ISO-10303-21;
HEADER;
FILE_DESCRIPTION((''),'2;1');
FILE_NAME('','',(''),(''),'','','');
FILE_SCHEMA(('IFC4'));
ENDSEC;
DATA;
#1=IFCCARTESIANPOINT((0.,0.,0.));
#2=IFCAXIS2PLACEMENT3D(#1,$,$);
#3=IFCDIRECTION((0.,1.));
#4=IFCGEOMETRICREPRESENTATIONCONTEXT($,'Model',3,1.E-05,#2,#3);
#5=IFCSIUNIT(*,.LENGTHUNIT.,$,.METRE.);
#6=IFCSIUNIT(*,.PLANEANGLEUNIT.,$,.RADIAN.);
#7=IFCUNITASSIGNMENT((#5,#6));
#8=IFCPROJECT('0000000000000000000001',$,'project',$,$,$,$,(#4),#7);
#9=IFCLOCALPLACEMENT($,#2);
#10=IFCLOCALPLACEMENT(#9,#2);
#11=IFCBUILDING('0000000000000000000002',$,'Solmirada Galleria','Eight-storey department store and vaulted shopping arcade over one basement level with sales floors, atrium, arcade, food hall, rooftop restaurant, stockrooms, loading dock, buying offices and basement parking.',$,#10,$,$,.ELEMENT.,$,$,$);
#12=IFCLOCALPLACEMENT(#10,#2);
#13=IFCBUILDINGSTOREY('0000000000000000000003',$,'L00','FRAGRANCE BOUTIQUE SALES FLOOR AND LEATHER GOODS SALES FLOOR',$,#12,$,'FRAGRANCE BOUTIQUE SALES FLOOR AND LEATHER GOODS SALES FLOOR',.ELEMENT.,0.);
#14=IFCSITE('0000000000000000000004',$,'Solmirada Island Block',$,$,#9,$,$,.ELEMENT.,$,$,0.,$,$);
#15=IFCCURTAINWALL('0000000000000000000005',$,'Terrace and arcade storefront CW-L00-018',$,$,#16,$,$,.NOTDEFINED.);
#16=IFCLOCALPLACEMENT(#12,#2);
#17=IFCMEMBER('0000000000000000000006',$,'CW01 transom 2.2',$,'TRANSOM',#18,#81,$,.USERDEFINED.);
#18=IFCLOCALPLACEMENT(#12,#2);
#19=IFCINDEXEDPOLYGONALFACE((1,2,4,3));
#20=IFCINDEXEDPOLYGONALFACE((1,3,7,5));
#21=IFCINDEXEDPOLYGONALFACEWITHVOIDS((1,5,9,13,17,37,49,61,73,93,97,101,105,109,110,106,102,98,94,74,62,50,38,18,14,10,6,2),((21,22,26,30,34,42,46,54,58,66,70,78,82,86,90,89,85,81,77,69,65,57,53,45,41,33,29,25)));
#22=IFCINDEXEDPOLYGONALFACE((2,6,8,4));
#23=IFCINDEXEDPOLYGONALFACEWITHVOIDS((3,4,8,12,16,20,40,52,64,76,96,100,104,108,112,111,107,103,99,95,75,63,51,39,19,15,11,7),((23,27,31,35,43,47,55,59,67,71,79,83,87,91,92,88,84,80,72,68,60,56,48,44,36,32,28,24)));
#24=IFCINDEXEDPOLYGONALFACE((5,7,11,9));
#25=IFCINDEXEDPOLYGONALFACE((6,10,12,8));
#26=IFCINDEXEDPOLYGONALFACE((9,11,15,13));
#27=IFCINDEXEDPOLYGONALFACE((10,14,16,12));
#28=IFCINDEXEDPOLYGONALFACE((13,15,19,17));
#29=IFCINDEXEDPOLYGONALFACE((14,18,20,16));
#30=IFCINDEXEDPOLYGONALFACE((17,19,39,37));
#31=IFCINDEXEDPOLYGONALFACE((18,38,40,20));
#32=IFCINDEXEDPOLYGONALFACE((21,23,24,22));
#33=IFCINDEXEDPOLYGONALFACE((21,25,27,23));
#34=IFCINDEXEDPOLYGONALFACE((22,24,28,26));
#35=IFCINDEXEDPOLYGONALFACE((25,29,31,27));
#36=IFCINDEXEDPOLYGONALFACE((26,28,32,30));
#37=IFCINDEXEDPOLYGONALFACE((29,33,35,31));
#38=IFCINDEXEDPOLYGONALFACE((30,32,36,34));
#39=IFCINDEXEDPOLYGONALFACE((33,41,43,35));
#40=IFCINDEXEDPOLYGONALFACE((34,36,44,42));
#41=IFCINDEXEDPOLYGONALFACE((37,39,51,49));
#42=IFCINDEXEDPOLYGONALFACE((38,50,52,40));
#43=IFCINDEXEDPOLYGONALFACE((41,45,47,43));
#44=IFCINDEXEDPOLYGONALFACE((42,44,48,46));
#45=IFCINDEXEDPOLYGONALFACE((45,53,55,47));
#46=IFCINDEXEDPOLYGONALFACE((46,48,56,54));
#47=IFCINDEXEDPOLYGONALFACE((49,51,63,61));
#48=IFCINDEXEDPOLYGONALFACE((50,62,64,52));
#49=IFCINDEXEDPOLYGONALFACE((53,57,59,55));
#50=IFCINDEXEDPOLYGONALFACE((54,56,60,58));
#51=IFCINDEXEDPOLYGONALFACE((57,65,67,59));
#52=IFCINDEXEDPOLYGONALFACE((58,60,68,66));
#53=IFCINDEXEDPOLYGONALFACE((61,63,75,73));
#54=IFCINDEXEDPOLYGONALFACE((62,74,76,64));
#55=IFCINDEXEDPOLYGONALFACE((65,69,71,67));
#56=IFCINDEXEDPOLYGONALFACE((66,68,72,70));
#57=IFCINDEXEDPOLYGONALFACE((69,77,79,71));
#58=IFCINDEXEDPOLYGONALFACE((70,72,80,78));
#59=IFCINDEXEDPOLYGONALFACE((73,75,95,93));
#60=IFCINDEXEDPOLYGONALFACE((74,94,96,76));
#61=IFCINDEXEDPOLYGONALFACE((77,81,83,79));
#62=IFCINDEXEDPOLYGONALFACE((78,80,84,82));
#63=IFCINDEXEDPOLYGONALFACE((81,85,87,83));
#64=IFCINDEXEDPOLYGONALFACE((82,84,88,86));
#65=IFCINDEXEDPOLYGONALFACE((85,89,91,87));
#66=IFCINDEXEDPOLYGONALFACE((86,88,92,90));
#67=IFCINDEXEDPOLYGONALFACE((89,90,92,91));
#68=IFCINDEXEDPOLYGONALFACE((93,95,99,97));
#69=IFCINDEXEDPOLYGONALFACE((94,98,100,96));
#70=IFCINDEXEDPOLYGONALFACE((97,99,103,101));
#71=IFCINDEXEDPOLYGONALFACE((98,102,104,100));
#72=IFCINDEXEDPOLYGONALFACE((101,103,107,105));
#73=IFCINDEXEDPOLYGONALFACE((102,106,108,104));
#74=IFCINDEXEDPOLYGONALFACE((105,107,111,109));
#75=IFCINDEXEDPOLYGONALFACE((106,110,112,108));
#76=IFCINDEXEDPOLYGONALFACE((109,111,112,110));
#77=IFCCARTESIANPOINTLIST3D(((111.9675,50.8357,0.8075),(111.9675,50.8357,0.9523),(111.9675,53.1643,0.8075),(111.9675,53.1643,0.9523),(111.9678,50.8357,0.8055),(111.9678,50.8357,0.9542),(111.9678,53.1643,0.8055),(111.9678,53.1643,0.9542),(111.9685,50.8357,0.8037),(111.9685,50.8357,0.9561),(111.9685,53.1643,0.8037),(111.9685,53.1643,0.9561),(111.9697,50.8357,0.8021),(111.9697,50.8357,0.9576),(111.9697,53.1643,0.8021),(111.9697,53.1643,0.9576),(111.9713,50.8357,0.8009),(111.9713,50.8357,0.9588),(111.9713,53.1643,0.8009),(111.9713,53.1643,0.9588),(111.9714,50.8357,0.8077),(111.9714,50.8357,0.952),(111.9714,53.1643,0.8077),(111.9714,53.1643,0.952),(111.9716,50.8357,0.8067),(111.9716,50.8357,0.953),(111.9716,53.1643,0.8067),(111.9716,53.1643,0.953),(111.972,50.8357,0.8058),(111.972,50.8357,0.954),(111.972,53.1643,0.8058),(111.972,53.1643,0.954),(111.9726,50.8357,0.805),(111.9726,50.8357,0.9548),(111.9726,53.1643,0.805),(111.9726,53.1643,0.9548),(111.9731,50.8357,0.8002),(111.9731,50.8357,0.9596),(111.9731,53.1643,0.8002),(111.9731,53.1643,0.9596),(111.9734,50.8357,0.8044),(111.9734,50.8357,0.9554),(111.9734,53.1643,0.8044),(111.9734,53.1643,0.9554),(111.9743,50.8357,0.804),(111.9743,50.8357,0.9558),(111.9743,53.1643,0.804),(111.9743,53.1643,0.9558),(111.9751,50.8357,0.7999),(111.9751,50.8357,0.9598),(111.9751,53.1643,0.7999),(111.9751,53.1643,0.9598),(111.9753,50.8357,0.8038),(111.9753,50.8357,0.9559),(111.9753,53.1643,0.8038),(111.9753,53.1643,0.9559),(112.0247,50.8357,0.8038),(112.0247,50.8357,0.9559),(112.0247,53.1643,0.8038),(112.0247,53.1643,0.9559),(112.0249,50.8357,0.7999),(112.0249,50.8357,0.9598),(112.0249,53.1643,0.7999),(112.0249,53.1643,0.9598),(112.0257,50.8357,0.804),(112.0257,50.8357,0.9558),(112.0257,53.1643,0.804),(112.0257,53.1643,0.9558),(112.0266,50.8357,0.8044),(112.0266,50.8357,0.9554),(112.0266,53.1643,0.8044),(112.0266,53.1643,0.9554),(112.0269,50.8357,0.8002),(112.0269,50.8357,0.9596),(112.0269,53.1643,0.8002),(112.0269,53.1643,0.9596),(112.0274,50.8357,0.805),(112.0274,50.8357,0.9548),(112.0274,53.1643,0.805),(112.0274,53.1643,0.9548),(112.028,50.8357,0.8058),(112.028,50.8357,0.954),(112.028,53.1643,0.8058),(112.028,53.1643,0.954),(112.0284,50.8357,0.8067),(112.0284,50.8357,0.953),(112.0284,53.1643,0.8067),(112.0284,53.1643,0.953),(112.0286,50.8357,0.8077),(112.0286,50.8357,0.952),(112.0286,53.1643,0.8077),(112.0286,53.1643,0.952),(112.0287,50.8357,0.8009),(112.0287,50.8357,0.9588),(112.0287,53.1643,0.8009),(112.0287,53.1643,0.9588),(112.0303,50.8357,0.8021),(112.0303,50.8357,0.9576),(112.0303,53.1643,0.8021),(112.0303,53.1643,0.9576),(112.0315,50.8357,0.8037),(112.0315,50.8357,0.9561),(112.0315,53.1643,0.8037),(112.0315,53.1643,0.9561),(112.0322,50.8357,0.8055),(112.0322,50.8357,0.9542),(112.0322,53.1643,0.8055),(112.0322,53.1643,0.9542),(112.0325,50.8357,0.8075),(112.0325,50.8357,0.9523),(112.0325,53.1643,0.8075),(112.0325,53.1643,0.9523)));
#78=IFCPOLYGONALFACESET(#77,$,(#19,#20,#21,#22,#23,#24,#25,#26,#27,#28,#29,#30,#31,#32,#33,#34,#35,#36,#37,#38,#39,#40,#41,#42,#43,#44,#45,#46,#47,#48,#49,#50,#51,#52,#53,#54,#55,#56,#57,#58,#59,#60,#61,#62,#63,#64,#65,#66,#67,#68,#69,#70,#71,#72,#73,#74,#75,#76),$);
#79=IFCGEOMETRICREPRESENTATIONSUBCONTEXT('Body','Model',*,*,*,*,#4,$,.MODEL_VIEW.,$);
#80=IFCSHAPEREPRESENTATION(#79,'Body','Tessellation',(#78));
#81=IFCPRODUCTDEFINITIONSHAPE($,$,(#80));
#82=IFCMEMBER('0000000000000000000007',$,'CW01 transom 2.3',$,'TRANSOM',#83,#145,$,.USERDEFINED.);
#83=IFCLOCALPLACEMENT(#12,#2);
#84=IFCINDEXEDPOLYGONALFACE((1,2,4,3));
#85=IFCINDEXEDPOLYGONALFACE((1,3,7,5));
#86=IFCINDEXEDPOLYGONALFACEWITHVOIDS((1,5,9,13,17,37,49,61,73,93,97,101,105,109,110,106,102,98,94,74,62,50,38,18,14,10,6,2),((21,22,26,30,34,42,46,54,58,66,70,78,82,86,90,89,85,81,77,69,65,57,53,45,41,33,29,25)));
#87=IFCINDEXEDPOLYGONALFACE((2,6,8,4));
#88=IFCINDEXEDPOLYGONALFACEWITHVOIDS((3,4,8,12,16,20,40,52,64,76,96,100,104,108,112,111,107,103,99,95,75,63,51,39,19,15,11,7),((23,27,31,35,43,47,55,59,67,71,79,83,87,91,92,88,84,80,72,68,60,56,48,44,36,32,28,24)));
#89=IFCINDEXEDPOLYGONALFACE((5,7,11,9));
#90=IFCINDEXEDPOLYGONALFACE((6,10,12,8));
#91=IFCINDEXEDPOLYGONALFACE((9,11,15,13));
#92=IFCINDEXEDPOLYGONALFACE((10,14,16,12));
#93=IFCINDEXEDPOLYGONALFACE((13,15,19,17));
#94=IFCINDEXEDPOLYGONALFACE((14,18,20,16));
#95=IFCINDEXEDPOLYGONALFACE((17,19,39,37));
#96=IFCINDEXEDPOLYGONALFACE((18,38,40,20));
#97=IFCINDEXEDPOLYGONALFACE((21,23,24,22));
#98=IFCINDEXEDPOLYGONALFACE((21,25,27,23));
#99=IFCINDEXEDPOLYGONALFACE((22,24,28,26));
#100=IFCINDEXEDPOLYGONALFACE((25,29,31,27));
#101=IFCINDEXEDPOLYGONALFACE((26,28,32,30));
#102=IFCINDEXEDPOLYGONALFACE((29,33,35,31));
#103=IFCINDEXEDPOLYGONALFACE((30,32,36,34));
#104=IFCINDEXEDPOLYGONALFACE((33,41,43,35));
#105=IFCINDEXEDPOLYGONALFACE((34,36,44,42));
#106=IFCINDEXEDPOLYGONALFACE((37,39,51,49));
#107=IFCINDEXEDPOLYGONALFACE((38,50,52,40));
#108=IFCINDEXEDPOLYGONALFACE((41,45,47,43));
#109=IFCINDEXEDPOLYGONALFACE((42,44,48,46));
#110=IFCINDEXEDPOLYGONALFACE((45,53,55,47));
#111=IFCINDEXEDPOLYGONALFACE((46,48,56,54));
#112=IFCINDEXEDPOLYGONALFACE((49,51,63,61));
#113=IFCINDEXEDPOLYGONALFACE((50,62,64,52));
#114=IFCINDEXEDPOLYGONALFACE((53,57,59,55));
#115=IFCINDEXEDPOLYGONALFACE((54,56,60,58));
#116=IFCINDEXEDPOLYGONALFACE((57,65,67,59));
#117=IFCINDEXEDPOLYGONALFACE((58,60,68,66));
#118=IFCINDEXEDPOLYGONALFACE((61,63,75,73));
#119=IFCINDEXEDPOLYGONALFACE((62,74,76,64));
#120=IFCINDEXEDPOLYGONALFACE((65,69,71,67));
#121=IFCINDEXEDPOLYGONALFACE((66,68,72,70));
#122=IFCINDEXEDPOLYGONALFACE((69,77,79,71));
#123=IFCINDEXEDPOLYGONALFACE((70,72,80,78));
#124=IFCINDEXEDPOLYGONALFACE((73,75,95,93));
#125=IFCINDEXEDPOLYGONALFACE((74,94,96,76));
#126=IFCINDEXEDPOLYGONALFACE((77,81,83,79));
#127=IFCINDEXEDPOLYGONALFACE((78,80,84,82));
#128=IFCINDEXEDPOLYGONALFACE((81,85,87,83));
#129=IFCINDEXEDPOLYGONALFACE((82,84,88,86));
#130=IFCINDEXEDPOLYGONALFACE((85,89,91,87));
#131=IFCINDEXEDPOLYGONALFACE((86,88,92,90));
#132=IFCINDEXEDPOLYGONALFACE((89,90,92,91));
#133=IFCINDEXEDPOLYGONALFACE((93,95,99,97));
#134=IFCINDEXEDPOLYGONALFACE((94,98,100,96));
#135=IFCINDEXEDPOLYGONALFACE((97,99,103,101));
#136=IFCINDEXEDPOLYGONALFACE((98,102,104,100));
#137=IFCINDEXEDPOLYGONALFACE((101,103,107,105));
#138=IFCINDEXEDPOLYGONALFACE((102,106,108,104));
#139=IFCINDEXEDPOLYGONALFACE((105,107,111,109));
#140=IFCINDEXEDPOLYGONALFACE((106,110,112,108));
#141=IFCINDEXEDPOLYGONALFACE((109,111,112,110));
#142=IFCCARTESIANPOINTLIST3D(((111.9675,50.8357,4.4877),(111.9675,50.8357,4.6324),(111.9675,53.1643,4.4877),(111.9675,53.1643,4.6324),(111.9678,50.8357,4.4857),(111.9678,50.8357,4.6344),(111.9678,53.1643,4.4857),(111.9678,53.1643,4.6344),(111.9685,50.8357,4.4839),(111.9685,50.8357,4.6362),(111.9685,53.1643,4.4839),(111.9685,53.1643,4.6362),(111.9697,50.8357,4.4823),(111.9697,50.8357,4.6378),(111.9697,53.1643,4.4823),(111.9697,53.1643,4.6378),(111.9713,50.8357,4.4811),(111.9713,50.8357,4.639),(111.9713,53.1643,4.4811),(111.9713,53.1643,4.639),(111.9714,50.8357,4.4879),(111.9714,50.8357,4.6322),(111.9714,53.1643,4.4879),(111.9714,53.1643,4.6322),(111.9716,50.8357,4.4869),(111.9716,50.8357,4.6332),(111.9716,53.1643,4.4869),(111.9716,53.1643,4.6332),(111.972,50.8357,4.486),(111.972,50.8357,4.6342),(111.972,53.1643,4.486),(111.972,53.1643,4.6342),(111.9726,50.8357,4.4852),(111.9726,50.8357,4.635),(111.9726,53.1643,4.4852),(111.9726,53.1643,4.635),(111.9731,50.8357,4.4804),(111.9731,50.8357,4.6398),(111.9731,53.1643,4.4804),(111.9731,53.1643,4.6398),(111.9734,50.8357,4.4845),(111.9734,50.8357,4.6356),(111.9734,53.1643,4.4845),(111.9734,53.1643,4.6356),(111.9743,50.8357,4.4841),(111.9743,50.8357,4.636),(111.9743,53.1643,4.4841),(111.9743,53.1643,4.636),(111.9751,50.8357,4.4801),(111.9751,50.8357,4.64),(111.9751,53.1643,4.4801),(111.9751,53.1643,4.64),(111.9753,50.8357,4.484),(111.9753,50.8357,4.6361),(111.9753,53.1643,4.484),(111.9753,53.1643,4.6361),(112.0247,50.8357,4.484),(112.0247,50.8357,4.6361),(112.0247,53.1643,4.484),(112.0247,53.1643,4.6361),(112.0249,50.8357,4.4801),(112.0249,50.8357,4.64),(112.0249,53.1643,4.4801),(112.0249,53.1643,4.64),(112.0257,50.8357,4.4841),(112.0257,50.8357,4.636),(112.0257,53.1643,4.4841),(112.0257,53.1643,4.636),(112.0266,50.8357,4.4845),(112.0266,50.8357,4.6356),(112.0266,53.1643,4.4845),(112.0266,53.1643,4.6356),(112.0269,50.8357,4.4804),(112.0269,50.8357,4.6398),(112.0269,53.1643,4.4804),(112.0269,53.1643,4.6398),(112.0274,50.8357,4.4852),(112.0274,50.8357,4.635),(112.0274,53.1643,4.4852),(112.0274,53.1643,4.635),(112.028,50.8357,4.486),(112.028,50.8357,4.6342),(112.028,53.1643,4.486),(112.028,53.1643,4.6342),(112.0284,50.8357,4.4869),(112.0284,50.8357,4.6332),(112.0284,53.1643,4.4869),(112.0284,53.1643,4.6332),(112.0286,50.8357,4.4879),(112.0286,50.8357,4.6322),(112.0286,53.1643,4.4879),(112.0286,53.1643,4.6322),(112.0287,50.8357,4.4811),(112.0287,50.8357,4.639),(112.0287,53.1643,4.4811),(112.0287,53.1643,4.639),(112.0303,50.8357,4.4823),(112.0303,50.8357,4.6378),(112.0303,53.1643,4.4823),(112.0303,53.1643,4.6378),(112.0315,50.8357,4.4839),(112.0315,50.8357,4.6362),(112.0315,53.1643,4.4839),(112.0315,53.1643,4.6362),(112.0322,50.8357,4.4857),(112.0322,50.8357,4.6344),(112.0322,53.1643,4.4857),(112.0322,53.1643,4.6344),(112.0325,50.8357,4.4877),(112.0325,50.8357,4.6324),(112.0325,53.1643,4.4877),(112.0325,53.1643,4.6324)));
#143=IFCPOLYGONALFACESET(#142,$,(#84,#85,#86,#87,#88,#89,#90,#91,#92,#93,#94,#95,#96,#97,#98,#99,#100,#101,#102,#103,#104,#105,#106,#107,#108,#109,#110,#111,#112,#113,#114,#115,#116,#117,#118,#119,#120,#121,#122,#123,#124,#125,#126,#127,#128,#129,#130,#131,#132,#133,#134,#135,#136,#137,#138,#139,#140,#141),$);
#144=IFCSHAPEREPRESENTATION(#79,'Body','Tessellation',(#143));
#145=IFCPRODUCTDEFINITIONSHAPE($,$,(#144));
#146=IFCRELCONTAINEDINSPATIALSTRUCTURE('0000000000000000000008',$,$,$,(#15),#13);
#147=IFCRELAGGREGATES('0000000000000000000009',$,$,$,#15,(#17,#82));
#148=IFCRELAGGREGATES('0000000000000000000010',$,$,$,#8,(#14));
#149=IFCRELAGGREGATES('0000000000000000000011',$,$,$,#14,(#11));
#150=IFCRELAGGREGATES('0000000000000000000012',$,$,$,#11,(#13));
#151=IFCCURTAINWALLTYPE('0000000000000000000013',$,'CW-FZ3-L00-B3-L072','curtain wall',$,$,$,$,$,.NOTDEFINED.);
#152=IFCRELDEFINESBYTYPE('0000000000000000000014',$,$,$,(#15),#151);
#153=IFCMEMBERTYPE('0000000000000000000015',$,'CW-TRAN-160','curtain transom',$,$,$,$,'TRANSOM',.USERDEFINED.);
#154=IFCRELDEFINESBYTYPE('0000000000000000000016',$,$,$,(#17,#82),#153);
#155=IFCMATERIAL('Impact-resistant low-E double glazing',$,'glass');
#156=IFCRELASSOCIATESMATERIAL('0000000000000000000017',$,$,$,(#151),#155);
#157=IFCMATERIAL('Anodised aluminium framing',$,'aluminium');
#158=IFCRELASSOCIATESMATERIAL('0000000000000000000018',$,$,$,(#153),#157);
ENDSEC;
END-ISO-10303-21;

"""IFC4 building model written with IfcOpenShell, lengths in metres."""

from ifc_helpers import new_model, si_unit, direction, frame, origin, origin_2d, place, context, subcontext, project, spatial, hollow_rectangle, extrude, material, material_profile, profile_set, type_object, element, aggregate, save


model = new_model("IFC4")

# Units and contexts
model_context = context("Model", 3, precision=1e-05, world=origin(), true_north=direction((0.0, 1.0)))
body_context = subcontext(model_context, "Body", "Model", "MODEL_VIEW")
ifc_project = project(units=[si_unit("LENGTHUNIT", "METRE"), si_unit("PLANEANGLEUNIT", "RADIAN")], contexts=[model_context])

# Site, building, storey
site_placement = place(None, origin())
site = spatial("IfcSite", under=ifc_project, at=site_placement, Name="Solmirada Island Block", CompositionType="ELEMENT", RefElevation=0.0)
building_placement = place(site_placement, origin())
building = spatial("IfcBuilding", under=site, at=building_placement, Name="Solmirada Galleria", Description="Eight-storey department store and vaulted shopping arcade over one basement level with sales floors, atrium, arcade, food hall, rooftop restaurant, stockrooms, loading dock, buying offices and basement parking.", CompositionType="ELEMENT")
storey_placement = place(building_placement, origin())
storey = spatial("IfcBuildingStorey", under=building, at=storey_placement, Name="L00", Description="FRAGRANCE BOUTIQUE SALES FLOOR AND LEATHER GOODS SALES FLOOR", LongName="FRAGRANCE BOUTIQUE SALES FLOOR AND LEATHER GOODS SALES FLOOR", CompositionType="ELEMENT", Elevation=0.0)

# Shared definitions
ifc_material_1 = material(Name="Impact-resistant low-E double glazing", Category="glass")
curtain_wall_type = type_object("IfcCurtainWallType", Name="CW-FZ3-L00-B3-L072", Description="curtain wall", PredefinedType="NOTDEFINED", material=ifc_material_1)
ifc_material_2 = material(Name="Anodised aluminium framing", Category="aluminium")

# Curtain wall, members
curtain_wall_1_placement = place(storey_placement, origin())
curtain_wall_1 = element("IfcCurtainWall", 1, at=curtain_wall_1_placement, inside=storey, type_object=curtain_wall_type, Name="Terrace and arcade storefront CW-L00-018", PredefinedType="NOTDEFINED")
ifc_material_profile_1 = material_profile(ifc_material_2, hollow_rectangle(XDim=0.0649, YDim=0.1599, WallThickness=0.0039, InnerFilletRadius=0.0039, OuterFilletRadius=0.0076, at=origin_2d()), Name="ALU-TRAN-160X65")
ifc_profile_set_1 = profile_set([ifc_material_profile_1], Name="Anodised aluminium framing")
member_type_1 = type_object("IfcMemberType", Name="CW-TRAN-160", Description="curtain transom", ElementType="TRANSOM", PredefinedType="USERDEFINED", material=ifc_profile_set_1)
member_1_placement = place(storey_placement, frame((112.0, 53.1643, 0.8799), z_axis=(0.0, -1.0, 0.0), x_axis=(1.0, 0.0, 0.0)))
member_1 = element("IfcMember", 2, at=member_1_placement, type_object=member_type_1, Name="CW01 transom 2.2", ObjectType="TRANSOM", PredefinedType="USERDEFINED", context=body_context, shape_type="SweptSolid", body=[
    extrude(hollow_rectangle(XDim=0.0649, YDim=0.1599, WallThickness=0.0039, InnerFilletRadius=0.0039, OuterFilletRadius=0.0076, at=origin_2d()), origin(), (0.0, 0.0, 1.0), 2.3286),
])
member_2_placement = place(storey_placement, frame((112.0, 53.1643, 4.5601), z_axis=(0.0, -1.0, 0.0), x_axis=(1.0, 0.0, 0.0)))
member_2 = element("IfcMember", 3, at=member_2_placement, type_object=member_type_1, Name="CW01 transom 2.3", ObjectType="TRANSOM", PredefinedType="USERDEFINED", context=body_context, shape_type="SweptSolid", body=[
    extrude(hollow_rectangle(XDim=0.0649, YDim=0.1599, WallThickness=0.0039, InnerFilletRadius=0.0039, OuterFilletRadius=0.0076, at=origin_2d()), origin(), (0.0, 0.0, 1.0), 2.3286),
])

aggregate(curtain_wall_1, [member_1, member_2])

save(model, "model.ifc")
